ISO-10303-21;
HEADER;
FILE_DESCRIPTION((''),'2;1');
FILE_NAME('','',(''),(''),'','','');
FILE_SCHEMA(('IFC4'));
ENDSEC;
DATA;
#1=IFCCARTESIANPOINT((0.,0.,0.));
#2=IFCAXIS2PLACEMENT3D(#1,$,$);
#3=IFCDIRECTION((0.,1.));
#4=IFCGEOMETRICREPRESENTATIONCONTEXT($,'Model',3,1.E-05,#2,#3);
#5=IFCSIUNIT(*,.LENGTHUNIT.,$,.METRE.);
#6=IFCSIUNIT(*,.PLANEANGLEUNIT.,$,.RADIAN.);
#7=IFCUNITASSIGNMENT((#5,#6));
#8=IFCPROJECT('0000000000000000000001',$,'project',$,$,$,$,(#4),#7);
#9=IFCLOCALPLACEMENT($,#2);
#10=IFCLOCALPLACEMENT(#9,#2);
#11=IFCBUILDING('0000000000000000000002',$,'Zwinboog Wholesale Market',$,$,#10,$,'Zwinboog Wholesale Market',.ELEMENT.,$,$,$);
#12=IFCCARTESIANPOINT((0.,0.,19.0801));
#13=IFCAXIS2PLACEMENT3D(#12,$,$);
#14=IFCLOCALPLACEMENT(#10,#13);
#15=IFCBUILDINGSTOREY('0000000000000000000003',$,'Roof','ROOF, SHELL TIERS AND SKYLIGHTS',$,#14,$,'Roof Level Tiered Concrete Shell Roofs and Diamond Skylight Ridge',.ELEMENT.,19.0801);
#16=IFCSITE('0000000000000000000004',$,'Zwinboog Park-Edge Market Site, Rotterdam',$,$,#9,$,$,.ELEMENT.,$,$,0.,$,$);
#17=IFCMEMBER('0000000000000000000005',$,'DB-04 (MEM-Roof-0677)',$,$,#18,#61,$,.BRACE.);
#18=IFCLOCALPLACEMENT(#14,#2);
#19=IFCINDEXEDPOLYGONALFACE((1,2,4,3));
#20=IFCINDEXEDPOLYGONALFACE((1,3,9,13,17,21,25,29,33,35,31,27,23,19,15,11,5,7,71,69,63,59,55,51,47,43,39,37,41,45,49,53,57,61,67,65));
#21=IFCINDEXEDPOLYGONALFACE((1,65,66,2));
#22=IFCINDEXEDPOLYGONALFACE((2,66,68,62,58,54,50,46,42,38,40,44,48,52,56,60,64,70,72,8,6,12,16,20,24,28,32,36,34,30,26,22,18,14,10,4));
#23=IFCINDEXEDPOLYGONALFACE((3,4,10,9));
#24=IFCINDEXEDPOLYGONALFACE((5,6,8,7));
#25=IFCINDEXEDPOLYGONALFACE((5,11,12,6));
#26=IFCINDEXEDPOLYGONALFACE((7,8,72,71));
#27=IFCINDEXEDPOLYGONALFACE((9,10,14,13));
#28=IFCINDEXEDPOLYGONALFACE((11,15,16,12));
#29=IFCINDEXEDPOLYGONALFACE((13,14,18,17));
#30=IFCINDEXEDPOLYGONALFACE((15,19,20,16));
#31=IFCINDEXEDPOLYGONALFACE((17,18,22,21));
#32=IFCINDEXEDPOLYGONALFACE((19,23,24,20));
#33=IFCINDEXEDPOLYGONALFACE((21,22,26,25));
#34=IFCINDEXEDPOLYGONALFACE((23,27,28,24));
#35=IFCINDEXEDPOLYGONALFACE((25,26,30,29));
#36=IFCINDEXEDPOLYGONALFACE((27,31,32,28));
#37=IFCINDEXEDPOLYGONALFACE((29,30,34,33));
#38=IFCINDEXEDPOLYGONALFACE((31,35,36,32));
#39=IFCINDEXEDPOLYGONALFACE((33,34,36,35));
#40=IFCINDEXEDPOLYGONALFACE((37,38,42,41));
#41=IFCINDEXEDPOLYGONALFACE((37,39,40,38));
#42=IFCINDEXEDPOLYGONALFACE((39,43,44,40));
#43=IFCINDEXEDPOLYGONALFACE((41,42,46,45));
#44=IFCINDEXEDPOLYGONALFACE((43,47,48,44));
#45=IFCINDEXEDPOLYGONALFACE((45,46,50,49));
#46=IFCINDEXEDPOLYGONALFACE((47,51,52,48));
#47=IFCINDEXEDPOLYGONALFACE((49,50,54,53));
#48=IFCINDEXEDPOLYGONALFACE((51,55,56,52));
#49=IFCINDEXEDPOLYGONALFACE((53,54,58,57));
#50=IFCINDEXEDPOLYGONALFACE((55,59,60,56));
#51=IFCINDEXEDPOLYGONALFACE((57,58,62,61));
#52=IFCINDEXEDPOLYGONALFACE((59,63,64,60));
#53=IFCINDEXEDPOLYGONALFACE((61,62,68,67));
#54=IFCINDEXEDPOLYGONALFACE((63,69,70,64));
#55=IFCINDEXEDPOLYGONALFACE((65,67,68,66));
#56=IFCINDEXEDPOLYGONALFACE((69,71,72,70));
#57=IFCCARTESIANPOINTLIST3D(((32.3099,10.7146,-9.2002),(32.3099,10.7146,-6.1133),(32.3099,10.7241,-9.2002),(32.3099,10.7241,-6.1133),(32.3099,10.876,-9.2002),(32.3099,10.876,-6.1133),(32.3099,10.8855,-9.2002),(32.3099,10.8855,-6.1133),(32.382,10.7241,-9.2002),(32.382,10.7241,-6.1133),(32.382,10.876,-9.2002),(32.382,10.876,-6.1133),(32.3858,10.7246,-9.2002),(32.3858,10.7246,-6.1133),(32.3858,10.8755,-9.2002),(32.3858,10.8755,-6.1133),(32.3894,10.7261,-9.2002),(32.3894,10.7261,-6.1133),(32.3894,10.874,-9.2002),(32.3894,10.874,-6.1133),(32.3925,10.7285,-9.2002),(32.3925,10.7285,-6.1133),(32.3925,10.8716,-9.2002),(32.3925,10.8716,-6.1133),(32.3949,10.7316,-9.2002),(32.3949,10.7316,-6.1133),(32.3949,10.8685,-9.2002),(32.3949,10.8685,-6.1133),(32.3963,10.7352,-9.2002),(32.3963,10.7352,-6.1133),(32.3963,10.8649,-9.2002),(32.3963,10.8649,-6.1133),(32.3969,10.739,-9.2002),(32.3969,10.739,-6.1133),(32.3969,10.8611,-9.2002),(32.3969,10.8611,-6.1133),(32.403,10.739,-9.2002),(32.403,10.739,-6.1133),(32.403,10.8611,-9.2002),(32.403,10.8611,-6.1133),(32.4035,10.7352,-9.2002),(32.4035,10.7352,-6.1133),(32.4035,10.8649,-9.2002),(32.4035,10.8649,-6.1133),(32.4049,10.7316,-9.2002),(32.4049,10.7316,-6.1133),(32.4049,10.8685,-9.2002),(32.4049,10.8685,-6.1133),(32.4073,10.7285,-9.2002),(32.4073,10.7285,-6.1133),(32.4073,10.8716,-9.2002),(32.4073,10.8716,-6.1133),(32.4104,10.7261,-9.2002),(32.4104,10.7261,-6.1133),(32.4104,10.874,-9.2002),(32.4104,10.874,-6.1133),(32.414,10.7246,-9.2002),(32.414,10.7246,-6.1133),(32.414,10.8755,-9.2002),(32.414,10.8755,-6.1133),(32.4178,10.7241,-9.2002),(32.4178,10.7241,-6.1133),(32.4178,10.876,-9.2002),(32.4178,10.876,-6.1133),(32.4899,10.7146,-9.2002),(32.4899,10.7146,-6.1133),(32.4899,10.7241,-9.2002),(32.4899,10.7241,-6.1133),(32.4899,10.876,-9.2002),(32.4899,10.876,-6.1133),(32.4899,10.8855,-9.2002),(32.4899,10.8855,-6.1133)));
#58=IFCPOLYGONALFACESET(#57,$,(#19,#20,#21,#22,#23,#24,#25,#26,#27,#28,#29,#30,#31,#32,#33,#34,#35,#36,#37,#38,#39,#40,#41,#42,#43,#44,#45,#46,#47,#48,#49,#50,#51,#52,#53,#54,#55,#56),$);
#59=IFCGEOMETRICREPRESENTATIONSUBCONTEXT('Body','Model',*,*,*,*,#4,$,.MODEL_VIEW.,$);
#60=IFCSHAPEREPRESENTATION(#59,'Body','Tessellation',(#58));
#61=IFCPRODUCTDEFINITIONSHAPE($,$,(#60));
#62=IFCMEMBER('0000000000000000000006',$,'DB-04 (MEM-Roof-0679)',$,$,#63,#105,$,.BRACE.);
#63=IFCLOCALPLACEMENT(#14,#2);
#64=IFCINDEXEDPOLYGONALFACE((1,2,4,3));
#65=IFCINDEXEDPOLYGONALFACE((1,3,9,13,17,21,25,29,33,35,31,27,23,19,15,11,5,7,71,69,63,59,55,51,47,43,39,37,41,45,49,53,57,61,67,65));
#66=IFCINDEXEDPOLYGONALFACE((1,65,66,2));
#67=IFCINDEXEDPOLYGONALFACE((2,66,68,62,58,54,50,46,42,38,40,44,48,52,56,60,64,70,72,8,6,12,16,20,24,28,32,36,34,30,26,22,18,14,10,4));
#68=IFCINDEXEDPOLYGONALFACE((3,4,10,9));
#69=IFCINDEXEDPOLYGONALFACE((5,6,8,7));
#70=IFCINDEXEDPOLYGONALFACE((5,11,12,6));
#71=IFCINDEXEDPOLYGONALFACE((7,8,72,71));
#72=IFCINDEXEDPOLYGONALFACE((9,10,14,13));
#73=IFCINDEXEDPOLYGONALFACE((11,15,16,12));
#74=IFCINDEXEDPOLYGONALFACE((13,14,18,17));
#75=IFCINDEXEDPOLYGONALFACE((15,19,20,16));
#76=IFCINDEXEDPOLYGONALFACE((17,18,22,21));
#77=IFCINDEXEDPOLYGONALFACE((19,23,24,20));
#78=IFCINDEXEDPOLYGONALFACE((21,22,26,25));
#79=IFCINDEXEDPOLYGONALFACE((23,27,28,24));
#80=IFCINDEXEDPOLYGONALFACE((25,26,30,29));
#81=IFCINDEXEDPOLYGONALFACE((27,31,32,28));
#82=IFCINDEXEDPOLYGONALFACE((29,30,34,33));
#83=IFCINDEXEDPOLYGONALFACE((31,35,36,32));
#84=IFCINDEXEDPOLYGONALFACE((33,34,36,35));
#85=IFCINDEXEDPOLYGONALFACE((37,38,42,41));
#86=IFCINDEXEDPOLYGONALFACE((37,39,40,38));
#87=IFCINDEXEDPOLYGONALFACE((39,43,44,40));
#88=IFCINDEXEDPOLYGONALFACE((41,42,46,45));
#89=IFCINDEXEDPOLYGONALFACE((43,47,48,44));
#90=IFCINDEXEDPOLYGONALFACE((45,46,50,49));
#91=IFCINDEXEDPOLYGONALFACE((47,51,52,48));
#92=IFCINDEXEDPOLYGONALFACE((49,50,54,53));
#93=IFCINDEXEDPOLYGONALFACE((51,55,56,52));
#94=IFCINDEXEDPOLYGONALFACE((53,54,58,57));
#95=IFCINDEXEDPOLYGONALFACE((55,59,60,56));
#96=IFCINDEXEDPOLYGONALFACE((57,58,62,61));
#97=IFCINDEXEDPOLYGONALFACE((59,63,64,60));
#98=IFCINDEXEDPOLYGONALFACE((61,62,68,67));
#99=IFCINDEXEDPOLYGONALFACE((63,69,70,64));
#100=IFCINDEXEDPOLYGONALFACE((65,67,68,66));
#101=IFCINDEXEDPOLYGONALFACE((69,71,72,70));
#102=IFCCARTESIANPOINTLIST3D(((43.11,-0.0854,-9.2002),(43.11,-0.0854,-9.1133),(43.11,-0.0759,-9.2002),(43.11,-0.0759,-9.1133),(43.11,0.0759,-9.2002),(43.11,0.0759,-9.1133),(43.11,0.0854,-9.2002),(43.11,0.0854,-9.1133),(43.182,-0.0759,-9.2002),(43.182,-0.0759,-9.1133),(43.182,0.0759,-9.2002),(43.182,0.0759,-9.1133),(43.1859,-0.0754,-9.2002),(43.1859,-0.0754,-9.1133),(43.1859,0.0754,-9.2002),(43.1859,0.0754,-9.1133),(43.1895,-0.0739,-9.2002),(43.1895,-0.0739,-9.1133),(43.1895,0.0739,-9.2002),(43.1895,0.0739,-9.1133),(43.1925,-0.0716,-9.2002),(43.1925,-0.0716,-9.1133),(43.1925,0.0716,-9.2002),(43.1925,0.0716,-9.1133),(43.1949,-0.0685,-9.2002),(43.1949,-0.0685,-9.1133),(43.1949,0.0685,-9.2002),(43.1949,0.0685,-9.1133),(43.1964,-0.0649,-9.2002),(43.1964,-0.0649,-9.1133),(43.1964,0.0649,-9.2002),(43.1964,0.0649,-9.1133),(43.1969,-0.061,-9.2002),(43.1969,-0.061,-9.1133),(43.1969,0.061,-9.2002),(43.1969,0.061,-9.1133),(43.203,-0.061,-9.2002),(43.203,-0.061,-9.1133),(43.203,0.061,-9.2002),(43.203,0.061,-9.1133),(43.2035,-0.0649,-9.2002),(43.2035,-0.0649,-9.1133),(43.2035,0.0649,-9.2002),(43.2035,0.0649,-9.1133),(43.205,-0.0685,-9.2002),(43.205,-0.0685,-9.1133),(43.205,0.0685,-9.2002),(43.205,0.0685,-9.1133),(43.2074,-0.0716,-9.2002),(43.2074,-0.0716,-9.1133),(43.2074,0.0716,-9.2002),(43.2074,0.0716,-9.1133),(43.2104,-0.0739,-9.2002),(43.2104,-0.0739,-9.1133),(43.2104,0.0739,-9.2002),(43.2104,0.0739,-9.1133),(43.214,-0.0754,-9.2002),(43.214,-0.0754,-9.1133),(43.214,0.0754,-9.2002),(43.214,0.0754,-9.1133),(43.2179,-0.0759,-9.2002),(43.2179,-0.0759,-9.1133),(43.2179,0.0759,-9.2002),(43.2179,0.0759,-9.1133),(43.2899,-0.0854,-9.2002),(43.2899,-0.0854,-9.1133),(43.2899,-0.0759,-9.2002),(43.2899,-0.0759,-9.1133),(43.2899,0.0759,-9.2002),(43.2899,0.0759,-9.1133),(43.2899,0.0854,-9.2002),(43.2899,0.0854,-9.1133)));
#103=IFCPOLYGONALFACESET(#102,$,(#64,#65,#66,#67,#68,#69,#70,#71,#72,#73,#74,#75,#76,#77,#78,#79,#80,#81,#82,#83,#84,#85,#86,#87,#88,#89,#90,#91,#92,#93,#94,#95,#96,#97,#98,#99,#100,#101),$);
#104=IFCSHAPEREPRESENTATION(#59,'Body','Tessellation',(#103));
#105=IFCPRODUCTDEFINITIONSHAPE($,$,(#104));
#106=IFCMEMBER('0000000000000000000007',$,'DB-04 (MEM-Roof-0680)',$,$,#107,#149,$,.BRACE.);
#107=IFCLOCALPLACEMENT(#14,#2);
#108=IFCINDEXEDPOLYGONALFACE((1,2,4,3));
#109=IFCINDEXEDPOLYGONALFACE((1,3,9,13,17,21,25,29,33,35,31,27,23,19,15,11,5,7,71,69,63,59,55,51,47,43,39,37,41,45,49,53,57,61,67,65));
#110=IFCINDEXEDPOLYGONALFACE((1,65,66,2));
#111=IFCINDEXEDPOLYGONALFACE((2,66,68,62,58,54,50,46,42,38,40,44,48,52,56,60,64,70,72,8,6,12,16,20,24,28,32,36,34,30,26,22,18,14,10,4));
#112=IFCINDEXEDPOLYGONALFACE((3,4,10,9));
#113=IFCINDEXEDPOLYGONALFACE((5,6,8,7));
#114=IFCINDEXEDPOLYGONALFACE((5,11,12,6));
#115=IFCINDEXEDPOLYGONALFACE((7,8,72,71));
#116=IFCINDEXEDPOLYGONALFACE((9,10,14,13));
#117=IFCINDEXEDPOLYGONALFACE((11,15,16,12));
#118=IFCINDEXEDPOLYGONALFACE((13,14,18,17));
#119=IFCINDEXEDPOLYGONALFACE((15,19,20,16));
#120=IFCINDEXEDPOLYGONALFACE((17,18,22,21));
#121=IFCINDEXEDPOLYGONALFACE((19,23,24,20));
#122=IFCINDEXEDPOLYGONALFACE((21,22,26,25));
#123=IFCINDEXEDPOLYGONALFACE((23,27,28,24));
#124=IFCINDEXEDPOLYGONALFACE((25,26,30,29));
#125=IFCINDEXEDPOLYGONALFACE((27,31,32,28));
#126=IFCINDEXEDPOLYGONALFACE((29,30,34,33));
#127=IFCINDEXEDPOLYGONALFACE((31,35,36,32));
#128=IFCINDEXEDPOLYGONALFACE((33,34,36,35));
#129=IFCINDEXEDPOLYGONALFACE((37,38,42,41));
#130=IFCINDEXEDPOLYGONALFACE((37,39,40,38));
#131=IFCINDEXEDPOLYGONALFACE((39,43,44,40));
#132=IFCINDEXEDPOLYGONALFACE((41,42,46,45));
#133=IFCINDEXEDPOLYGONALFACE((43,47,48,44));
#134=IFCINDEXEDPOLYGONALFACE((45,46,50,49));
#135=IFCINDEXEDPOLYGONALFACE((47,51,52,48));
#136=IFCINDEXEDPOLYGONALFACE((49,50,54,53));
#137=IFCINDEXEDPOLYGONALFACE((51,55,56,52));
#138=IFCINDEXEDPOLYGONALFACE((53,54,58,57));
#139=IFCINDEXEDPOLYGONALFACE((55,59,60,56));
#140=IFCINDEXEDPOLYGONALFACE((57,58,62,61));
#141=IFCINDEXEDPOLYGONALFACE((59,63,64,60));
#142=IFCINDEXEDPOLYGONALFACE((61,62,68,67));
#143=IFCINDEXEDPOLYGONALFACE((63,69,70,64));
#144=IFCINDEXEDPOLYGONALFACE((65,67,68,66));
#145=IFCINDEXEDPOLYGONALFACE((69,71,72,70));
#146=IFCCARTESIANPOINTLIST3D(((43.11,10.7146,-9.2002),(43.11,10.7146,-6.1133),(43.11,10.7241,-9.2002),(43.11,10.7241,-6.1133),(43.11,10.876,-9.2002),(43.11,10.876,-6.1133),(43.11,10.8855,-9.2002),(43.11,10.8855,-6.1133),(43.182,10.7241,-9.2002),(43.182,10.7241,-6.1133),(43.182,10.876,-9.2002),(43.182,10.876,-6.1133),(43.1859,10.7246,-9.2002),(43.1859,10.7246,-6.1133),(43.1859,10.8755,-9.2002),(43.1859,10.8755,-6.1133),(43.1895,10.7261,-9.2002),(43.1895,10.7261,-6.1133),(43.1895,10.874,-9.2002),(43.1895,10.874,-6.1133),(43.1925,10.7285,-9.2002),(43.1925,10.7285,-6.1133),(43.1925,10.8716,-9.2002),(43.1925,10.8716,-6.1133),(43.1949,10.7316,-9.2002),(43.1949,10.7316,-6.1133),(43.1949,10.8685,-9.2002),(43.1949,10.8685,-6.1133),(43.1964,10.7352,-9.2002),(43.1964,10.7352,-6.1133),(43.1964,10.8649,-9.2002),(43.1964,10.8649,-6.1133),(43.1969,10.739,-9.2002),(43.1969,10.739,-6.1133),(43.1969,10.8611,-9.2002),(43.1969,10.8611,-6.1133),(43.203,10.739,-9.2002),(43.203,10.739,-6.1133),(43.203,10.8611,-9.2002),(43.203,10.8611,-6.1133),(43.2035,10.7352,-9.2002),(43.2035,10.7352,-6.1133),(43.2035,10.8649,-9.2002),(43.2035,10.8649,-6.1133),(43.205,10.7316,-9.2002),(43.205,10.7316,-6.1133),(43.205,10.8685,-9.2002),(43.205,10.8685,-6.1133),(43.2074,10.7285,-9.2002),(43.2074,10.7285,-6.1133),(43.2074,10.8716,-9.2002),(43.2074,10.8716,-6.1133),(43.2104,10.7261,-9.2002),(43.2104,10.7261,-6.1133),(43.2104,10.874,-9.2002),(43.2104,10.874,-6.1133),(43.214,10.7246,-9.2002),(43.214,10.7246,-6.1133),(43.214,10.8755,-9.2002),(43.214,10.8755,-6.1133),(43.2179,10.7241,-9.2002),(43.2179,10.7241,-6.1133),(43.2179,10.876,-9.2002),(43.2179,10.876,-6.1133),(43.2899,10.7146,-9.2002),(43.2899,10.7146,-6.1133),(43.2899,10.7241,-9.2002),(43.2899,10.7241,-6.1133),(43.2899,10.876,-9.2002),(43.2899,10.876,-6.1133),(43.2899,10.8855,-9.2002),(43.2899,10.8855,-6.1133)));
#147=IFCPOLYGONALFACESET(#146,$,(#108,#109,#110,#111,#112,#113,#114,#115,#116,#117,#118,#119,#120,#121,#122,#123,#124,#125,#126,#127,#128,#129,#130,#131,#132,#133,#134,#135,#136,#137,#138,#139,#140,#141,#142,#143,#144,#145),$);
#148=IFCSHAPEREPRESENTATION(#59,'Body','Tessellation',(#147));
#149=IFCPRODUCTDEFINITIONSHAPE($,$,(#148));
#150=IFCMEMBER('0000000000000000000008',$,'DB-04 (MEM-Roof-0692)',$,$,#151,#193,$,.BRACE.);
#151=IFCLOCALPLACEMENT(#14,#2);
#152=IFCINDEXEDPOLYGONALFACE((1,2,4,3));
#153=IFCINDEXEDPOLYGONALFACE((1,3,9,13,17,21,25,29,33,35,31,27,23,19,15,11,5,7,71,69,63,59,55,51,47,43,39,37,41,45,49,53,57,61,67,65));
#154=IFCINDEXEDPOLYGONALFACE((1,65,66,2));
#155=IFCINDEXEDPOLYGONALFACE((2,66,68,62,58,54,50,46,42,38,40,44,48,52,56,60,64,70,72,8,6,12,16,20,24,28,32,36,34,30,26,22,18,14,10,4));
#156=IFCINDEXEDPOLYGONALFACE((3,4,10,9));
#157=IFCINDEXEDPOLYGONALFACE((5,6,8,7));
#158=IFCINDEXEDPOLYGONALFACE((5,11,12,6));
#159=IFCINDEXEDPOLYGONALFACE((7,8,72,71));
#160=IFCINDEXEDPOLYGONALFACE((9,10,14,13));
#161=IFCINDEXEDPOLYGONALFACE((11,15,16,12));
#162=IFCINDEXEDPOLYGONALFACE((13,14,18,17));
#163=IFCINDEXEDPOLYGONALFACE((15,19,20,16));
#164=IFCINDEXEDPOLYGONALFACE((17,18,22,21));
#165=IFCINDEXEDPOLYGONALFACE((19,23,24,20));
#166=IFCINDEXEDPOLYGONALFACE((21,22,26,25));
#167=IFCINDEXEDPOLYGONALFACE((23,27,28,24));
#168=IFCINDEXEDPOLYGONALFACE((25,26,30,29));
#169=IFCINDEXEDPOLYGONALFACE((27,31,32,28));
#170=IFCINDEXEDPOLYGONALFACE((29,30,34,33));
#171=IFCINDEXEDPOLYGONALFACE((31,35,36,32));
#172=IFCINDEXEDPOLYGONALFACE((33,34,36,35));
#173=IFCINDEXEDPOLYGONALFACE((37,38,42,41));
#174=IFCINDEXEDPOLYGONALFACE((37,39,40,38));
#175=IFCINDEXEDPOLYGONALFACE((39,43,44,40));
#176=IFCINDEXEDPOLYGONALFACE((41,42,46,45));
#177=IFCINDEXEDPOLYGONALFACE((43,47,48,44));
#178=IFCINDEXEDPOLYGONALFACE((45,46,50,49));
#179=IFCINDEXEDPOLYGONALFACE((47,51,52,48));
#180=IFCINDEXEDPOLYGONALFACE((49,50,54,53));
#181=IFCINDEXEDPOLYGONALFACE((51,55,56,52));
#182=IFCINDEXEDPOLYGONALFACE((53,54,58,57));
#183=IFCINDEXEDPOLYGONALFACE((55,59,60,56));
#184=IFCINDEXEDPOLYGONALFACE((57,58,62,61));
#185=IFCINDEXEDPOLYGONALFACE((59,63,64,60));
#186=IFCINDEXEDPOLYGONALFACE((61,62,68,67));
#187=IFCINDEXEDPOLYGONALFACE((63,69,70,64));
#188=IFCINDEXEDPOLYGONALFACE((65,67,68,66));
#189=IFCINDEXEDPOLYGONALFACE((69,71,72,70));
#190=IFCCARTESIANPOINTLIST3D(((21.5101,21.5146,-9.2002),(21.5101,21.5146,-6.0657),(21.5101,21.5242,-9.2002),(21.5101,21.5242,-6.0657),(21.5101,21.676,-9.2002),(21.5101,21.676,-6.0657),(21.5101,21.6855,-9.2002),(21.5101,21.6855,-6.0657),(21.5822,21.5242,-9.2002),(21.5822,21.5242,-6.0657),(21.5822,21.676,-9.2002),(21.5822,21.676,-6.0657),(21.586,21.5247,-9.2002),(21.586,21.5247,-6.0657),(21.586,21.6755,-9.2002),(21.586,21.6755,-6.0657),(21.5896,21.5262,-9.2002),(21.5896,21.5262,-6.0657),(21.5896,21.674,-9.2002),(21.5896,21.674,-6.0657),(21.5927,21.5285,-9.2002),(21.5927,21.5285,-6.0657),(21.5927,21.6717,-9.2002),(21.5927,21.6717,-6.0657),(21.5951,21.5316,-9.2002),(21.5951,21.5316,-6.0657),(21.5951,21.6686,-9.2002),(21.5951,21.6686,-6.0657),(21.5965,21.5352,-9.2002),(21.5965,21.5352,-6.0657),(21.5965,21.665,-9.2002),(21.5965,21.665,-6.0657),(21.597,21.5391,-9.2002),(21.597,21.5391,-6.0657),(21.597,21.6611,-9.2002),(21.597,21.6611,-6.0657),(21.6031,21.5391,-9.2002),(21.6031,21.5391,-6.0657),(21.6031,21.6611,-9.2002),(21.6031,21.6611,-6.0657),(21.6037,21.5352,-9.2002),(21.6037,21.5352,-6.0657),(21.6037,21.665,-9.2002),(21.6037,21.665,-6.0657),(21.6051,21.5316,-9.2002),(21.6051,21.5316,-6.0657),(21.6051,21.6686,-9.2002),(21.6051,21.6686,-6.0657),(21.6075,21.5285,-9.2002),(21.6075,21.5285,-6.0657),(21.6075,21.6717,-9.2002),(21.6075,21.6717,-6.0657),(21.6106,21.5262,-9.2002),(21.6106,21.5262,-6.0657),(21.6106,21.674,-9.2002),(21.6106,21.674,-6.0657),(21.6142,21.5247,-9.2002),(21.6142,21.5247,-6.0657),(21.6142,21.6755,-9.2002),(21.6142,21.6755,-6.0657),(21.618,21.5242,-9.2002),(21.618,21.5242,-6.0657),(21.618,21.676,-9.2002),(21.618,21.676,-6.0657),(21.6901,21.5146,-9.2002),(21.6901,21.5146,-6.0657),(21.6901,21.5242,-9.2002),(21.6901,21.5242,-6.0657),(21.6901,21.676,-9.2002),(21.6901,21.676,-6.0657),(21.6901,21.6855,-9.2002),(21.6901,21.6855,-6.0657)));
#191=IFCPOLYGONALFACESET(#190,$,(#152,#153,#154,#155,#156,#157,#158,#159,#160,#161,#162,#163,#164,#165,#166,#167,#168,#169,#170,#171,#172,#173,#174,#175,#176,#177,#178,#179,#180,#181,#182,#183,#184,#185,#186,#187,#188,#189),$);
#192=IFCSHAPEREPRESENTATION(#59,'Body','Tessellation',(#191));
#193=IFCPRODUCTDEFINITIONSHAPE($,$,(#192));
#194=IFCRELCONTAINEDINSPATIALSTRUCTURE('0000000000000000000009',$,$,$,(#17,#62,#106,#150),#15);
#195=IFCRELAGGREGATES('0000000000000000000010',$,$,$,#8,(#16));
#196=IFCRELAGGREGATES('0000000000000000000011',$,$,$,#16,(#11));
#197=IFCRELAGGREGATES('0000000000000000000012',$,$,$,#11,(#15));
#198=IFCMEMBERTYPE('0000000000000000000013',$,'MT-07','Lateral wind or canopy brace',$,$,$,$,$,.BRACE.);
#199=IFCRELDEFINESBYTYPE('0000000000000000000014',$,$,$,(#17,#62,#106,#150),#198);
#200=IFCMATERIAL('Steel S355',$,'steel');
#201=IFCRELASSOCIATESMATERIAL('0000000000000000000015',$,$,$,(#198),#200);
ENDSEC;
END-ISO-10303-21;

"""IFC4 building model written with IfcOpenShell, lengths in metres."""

from ifc_helpers import new_model, si_unit, direction, frame, origin, origin_2d, place, context, subcontext, project, spatial, i_section, extrude, material, material_profile, profile_set, type_object, element, save


model = new_model("IFC4")

# Units and contexts
model_context = context("Model", 3, precision=1e-05, world=origin(), true_north=direction((0.0, 1.0)))
body_context = subcontext(model_context, "Body", "Model", "MODEL_VIEW")
ifc_project = project(units=[si_unit("LENGTHUNIT", "METRE"), si_unit("PLANEANGLEUNIT", "RADIAN")], contexts=[model_context])

# Site, building, storey
site_placement = place(None, origin())
site = spatial("IfcSite", under=ifc_project, at=site_placement, Name="Zwinboog Park-Edge Market Site, Rotterdam", CompositionType="ELEMENT", RefElevation=0.0)
building_placement = place(site_placement, origin())
building = spatial("IfcBuilding", under=site, at=building_placement, Name="Zwinboog Wholesale Market", LongName="Zwinboog Wholesale Market", CompositionType="ELEMENT")
storey_placement = place(building_placement, frame((0.0, 0.0, 19.0801)))
storey = spatial("IfcBuildingStorey", under=building, at=storey_placement, Name="Roof", Description="ROOF, SHELL TIERS AND SKYLIGHTS", LongName="Roof Level Tiered Concrete Shell Roofs and Diamond Skylight Ridge", CompositionType="ELEMENT", Elevation=19.0801)

# Members
ifc_material_1 = material(Name="Steel S355", Category="steel")
ifc_material_profile_1 = material_profile(ifc_material_1, i_section(OverallWidth=0.1799, OverallDepth=0.1709, WebThickness=0.0061, FlangeThickness=0.0095, FilletRadius=0.0149, at=origin_2d()), Name="HEA 180")
ifc_profile_set_1 = profile_set([ifc_material_profile_1], Name="Steel S355")
member_type_1 = type_object("IfcMemberType", Name="MT-07", Description="Lateral wind or canopy brace", PredefinedType="BRACE", material=ifc_profile_set_1)
member_1_placement = place(storey_placement, frame((32.3999, 10.8, -9.2002), z_axis=(0.0, 0.0, 1.0), x_axis=(1.0, 0.0, 0.0)))
element("IfcMember", 1, at=member_1_placement, inside=storey, type_object=member_type_1, Name="DB-04 (MEM-Roof-0677)", PredefinedType="BRACE", context=body_context, shape_type="SweptSolid", body=[
    extrude(i_section(OverallWidth=0.1799, OverallDepth=0.1709, WebThickness=0.0061, FlangeThickness=0.0095, FilletRadius=0.0149, at=origin_2d()), origin(), (0.0, 0.0, 1.0), 3.0869),
])
member_2_placement = place(storey_placement, frame((43.2, 0.0, -9.2002), z_axis=(0.0, 0.0, 1.0), x_axis=(1.0, 0.0, 0.0)))
element("IfcMember", 2, at=member_2_placement, inside=storey, type_object=member_type_1, Name="DB-04 (MEM-Roof-0679)", PredefinedType="BRACE", context=body_context, shape_type="SweptSolid", body=[
    extrude(i_section(OverallWidth=0.1799, OverallDepth=0.1709, WebThickness=0.0061, FlangeThickness=0.0095, FilletRadius=0.0149, at=origin_2d()), origin(), (0.0, 0.0, 1.0), 0.0869),
])
member_3_placement = place(storey_placement, frame((43.2, 10.8, -9.2002), z_axis=(0.0, 0.0, 1.0), x_axis=(1.0, 0.0, 0.0)))
element("IfcMember", 3, at=member_3_placement, inside=storey, type_object=member_type_1, Name="DB-04 (MEM-Roof-0680)", PredefinedType="BRACE", context=body_context, shape_type="SweptSolid", body=[
    extrude(i_section(OverallWidth=0.1799, OverallDepth=0.1709, WebThickness=0.0061, FlangeThickness=0.0095, FilletRadius=0.0149, at=origin_2d()), origin(), (0.0, 0.0, 1.0), 3.0869),
])
member_4_placement = place(storey_placement, frame((21.6001, 21.6001, -9.2002), z_axis=(0.0, 0.0, 1.0), x_axis=(1.0, 0.0, 0.0)))
element("IfcMember", 4, at=member_4_placement, inside=storey, type_object=member_type_1, Name="DB-04 (MEM-Roof-0692)", PredefinedType="BRACE", context=body_context, shape_type="SweptSolid", body=[
    extrude(i_section(OverallWidth=0.1799, OverallDepth=0.1709, WebThickness=0.0061, FlangeThickness=0.0095, FilletRadius=0.0149, at=origin_2d()), origin(), (0.0, 0.0, 1.0), 3.1345),
])

save(model, "model.ifc")
